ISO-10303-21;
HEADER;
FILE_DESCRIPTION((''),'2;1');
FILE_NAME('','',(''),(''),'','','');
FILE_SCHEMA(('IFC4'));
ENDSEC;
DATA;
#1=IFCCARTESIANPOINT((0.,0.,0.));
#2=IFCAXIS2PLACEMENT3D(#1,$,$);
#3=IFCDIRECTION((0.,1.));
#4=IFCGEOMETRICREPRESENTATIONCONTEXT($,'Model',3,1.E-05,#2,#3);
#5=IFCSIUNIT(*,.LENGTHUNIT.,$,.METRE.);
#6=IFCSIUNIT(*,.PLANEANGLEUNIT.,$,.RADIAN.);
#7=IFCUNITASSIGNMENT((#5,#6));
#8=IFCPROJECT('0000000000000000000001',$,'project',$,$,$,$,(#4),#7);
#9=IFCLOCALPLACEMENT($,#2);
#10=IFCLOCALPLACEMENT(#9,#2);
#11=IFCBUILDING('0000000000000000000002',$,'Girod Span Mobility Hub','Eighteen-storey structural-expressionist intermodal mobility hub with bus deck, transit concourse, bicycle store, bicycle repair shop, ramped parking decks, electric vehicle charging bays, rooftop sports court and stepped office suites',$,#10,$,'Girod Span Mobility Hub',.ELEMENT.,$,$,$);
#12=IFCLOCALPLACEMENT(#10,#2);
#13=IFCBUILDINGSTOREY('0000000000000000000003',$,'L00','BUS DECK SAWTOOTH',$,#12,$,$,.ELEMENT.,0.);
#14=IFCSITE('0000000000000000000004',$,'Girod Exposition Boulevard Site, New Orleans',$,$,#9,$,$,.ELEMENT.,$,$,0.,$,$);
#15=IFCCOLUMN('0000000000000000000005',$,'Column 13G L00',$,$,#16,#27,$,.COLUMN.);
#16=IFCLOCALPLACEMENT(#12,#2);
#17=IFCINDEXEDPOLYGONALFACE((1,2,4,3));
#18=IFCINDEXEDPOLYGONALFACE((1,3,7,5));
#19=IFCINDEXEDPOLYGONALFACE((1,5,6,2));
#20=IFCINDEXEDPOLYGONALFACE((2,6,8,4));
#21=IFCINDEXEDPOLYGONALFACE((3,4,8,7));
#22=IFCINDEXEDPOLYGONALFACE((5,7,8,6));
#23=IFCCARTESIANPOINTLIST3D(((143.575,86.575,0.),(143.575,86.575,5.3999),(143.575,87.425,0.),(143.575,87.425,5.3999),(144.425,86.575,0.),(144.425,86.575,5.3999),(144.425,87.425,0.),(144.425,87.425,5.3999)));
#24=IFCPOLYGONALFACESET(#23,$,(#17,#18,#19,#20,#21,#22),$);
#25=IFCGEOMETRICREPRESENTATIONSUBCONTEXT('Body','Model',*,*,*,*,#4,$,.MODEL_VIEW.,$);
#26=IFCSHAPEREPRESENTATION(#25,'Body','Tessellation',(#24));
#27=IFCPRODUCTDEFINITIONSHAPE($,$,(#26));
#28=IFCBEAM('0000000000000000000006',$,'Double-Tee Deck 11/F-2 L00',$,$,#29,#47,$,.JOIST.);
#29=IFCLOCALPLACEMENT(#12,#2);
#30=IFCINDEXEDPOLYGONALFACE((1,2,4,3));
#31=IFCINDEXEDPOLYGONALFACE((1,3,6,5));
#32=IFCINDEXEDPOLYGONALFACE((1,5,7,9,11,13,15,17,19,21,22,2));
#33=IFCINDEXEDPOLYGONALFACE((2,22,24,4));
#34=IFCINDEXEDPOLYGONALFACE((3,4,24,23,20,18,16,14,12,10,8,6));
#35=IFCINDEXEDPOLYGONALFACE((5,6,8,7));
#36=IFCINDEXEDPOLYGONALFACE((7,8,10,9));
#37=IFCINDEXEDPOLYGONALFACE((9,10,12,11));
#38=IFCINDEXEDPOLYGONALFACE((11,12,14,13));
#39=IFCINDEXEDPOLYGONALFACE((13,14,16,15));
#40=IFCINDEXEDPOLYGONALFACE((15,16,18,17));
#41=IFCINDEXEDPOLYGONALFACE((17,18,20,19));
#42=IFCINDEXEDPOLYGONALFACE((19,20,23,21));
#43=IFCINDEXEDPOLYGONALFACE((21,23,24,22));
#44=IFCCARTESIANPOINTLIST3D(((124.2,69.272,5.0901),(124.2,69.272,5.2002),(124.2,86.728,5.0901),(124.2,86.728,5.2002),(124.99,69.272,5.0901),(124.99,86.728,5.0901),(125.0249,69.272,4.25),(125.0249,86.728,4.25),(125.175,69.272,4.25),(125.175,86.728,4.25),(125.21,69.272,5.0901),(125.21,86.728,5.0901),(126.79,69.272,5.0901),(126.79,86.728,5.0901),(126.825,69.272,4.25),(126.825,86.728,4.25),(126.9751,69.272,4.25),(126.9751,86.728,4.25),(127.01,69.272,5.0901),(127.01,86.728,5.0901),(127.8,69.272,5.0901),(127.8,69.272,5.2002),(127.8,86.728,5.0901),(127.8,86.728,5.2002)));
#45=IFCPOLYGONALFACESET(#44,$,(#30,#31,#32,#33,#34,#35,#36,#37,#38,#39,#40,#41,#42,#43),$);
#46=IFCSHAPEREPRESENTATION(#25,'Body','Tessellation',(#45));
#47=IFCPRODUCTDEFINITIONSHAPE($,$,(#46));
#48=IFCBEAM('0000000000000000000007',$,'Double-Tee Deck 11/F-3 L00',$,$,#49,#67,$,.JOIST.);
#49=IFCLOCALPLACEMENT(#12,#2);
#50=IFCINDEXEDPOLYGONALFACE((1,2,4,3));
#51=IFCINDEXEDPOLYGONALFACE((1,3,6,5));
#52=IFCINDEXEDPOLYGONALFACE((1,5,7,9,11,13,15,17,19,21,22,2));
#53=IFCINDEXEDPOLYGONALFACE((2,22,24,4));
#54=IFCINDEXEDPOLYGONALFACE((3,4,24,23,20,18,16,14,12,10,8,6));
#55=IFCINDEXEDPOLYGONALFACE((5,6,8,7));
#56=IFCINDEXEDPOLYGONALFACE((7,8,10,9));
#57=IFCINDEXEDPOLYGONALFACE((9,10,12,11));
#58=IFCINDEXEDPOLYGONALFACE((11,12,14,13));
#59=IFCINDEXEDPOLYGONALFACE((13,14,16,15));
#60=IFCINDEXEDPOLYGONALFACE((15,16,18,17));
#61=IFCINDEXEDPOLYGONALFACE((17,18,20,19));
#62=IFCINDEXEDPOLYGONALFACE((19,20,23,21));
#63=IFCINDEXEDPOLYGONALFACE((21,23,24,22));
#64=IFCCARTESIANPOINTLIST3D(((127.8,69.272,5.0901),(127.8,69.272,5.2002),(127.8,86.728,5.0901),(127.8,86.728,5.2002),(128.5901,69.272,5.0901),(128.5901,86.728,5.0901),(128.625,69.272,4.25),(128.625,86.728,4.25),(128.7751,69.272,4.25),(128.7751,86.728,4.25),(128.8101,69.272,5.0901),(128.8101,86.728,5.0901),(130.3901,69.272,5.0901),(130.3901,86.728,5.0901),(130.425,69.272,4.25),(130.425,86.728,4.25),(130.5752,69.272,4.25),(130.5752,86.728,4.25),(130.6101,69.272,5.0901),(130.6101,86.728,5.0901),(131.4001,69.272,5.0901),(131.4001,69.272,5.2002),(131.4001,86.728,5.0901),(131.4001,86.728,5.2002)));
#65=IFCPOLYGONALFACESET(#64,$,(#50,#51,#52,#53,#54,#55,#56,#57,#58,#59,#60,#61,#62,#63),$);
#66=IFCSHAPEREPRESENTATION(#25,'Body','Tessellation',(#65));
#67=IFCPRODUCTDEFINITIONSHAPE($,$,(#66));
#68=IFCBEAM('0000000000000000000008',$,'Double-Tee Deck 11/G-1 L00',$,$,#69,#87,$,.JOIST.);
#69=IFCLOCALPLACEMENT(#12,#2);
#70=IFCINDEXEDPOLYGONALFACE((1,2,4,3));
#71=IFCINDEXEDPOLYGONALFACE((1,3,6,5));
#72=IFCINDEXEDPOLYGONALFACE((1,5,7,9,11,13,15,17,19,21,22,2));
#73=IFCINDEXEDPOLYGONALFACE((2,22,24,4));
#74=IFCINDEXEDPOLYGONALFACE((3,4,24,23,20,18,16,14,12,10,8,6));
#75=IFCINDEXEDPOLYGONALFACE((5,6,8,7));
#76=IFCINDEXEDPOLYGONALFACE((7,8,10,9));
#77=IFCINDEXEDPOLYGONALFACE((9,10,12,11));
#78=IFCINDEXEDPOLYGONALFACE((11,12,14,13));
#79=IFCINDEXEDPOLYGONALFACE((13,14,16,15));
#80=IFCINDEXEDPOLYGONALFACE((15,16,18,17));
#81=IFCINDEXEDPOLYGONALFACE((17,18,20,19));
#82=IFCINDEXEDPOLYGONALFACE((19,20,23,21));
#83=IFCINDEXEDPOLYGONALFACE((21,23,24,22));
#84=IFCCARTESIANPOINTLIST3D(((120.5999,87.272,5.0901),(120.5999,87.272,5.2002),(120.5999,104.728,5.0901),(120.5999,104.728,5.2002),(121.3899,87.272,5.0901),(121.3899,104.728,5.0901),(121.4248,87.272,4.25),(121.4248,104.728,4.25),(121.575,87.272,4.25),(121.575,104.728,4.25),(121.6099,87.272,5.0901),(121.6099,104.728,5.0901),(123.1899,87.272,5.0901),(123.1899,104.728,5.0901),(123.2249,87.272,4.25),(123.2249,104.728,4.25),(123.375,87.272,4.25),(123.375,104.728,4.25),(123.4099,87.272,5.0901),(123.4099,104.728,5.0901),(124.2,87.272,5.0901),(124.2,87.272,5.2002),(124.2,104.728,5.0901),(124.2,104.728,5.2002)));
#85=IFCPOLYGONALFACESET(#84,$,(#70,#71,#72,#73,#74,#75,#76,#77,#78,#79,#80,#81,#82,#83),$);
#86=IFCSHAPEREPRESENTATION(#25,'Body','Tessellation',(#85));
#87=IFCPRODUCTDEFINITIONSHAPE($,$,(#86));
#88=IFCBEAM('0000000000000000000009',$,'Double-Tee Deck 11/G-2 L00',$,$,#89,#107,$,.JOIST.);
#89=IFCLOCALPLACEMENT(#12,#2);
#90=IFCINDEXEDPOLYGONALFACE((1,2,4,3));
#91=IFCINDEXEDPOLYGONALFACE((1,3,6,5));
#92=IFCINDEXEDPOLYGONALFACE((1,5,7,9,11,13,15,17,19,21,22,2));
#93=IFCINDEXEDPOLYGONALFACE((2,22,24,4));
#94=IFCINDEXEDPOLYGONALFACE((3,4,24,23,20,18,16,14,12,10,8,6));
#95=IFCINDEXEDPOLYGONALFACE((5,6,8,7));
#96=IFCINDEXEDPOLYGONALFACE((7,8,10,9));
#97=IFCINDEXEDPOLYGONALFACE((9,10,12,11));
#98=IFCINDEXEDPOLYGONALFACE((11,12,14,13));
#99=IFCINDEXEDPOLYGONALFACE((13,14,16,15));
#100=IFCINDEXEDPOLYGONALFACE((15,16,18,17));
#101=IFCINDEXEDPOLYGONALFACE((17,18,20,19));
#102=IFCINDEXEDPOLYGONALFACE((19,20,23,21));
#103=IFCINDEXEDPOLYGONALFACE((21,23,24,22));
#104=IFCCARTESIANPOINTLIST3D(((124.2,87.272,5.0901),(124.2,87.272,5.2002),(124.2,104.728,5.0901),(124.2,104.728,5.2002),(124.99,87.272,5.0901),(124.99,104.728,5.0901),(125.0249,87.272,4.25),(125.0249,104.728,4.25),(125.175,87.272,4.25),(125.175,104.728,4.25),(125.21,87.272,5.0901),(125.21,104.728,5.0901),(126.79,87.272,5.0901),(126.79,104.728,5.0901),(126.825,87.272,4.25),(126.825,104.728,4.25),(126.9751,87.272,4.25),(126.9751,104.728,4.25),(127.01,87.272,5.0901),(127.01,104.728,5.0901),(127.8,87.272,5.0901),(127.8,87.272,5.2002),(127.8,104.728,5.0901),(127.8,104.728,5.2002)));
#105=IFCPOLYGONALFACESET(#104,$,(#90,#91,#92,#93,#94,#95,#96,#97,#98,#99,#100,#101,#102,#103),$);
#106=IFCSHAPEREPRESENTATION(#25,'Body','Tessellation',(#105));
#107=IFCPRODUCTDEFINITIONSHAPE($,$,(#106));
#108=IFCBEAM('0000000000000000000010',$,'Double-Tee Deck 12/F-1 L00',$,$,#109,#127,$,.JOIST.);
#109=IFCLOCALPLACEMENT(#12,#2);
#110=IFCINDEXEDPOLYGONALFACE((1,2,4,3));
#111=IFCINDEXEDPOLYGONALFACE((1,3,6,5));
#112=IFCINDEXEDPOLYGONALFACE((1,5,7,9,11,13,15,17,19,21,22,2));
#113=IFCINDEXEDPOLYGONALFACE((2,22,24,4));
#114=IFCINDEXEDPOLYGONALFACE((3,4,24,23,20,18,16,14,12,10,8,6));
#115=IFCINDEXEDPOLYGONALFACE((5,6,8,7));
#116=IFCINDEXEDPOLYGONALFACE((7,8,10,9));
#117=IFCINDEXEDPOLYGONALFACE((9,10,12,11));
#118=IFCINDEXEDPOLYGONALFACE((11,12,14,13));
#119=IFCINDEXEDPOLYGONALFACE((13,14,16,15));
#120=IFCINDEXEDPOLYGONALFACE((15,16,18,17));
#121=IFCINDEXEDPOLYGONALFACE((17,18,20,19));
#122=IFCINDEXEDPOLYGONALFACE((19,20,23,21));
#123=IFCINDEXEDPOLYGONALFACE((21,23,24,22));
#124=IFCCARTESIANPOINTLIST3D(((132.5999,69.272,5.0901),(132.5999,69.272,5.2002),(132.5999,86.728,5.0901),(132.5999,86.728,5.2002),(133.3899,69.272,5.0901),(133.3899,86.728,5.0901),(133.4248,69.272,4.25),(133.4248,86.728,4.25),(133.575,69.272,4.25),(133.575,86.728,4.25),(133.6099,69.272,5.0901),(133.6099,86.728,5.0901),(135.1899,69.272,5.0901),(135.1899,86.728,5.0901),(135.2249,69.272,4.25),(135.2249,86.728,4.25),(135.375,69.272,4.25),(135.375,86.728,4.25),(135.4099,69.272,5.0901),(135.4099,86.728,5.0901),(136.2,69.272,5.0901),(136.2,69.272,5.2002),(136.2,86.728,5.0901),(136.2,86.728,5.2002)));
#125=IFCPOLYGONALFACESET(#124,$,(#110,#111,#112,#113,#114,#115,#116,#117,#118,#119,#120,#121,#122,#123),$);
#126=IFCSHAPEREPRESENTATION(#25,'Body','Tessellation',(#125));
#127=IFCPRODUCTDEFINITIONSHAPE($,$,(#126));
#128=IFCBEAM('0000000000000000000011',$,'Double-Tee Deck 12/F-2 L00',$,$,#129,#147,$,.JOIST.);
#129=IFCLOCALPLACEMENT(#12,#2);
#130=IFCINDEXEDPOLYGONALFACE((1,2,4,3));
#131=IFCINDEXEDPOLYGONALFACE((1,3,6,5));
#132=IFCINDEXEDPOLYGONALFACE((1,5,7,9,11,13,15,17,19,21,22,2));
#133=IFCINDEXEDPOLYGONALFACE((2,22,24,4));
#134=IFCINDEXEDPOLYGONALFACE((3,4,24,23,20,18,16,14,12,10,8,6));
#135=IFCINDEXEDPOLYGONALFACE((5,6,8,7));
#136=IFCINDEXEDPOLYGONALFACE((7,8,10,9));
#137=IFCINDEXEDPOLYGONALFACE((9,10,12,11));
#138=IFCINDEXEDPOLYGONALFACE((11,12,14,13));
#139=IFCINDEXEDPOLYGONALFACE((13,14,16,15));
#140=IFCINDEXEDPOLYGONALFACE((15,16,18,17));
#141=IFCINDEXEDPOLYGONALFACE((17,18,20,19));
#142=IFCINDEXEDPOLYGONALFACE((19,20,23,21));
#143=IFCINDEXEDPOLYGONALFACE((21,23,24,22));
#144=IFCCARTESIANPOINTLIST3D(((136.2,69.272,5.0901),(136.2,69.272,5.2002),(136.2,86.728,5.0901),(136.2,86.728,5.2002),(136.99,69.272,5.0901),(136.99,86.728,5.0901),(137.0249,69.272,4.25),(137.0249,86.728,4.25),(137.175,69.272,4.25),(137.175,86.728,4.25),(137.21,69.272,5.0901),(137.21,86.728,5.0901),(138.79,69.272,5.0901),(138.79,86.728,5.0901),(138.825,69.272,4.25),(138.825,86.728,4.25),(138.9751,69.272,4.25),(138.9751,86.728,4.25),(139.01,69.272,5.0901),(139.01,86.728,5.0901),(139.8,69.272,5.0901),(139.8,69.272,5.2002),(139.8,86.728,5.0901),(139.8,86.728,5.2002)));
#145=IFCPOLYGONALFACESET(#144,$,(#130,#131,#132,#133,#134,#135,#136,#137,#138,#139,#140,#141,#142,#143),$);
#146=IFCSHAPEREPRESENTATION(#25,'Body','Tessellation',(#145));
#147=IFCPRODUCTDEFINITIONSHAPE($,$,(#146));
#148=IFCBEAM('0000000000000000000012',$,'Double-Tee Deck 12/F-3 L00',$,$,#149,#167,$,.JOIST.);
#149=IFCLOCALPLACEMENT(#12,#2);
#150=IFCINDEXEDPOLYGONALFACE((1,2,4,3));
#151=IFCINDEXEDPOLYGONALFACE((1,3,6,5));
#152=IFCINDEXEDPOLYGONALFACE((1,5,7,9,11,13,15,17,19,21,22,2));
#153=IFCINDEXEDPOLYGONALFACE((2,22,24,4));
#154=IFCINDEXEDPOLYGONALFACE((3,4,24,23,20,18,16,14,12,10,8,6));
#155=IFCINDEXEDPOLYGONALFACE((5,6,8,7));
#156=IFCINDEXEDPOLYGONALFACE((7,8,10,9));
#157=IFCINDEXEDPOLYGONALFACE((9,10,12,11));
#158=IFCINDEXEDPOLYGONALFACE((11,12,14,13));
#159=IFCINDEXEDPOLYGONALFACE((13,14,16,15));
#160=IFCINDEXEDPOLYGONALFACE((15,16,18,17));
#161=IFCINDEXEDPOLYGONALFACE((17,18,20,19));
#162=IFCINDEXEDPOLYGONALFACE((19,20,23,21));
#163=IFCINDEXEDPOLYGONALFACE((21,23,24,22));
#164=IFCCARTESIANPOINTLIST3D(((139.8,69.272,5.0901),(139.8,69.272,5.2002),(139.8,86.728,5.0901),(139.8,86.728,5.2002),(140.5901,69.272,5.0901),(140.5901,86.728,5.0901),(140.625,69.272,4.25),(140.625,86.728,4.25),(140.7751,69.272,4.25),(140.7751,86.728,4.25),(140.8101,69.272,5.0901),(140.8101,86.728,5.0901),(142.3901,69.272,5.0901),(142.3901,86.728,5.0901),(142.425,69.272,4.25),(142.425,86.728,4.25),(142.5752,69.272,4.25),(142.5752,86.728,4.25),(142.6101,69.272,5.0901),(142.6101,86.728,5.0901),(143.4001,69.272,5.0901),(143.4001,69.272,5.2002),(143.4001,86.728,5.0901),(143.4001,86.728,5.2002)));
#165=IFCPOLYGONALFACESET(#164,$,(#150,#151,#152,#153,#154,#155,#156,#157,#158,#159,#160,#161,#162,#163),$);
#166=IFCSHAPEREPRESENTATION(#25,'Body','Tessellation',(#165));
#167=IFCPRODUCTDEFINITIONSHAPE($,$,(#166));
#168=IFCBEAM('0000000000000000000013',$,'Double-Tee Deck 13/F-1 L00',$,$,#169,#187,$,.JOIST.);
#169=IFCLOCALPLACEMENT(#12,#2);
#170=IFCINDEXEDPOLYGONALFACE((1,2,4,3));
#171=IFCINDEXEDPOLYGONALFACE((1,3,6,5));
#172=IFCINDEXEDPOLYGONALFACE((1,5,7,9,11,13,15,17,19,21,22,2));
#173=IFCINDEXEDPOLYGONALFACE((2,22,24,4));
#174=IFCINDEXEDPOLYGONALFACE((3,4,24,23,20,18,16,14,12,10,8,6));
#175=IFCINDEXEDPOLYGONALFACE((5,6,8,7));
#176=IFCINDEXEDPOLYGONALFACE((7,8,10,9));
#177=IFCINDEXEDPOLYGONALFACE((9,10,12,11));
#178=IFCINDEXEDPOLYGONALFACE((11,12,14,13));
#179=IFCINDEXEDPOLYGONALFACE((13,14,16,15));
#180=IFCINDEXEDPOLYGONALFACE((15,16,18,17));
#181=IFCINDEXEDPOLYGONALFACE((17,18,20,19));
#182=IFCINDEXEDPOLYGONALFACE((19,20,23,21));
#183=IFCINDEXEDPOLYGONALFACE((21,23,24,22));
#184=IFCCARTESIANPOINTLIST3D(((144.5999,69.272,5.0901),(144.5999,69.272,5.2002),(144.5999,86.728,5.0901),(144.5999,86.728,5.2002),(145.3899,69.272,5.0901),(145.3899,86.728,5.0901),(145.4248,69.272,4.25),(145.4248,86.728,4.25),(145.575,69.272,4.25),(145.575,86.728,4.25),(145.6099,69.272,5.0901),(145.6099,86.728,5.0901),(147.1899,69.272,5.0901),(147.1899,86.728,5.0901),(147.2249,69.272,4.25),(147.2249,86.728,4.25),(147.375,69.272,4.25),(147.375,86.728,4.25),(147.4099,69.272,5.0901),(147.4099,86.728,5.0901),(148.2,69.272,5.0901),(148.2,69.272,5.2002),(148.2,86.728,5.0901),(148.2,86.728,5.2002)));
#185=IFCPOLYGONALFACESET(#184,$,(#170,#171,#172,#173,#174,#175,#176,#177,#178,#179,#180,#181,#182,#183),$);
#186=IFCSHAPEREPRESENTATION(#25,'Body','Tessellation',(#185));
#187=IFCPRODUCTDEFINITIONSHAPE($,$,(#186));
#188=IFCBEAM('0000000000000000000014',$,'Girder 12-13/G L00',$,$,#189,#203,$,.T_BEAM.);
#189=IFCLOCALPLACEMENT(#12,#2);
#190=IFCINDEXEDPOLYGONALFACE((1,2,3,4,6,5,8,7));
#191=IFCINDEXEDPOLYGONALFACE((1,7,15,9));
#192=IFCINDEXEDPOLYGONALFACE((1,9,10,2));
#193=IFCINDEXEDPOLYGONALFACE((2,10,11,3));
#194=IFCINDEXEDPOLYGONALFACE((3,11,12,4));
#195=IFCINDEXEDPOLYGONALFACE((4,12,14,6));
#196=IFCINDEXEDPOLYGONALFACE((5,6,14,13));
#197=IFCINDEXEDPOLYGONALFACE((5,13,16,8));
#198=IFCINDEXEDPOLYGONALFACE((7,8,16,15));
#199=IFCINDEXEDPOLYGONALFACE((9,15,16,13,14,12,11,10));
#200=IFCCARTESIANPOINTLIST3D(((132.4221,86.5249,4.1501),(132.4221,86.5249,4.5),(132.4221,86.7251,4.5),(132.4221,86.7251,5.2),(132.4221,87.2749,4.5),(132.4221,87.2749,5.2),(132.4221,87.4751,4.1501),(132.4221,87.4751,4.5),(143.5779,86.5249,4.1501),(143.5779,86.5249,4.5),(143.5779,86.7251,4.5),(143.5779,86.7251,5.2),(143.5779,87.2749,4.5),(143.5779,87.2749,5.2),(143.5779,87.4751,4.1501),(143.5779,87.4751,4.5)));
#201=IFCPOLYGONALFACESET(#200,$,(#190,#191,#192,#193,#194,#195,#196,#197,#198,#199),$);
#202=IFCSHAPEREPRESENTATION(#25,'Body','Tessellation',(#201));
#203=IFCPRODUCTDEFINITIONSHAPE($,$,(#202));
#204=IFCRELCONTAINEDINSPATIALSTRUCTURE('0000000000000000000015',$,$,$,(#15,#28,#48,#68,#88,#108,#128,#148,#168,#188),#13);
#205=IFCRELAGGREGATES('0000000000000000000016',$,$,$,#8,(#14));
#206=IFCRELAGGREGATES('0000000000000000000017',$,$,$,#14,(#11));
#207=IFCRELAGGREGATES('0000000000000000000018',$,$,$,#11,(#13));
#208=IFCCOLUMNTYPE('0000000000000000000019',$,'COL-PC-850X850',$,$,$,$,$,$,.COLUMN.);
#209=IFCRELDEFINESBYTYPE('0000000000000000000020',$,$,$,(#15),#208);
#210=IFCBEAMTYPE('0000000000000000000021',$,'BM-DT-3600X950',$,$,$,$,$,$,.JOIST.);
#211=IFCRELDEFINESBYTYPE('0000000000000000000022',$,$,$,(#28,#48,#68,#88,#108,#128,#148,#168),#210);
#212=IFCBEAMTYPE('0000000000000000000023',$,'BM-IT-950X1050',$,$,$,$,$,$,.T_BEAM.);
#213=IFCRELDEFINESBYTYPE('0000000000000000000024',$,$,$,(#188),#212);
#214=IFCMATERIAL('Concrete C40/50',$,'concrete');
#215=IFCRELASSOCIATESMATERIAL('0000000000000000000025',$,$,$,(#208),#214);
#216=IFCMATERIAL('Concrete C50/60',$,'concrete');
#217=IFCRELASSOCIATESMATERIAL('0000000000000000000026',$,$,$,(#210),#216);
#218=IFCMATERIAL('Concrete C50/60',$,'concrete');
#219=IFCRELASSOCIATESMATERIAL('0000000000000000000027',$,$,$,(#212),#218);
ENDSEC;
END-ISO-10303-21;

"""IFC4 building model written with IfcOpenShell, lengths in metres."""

from ifc_helpers import new_model, si_unit, direction, frame, origin, origin_2d, place, context, subcontext, project, spatial, polyline, rectangle, outline, extrude, material, material_profile, profile_set, type_object, element, save


model = new_model("IFC4")

# Units and contexts
model_context = context("Model", 3, precision=1e-05, world=origin(), true_north=direction((0.0, 1.0)))
body_context = subcontext(model_context, "Body", "Model", "MODEL_VIEW")
ifc_project = project(units=[si_unit("LENGTHUNIT", "METRE"), si_unit("PLANEANGLEUNIT", "RADIAN")], contexts=[model_context])

# Site, building, storey
site_placement = place(None, origin())
site = spatial("IfcSite", under=ifc_project, at=site_placement, Name="Girod Exposition Boulevard Site, New Orleans", CompositionType="ELEMENT", RefElevation=0.0)
building_placement = place(site_placement, origin())
building = spatial("IfcBuilding", under=site, at=building_placement, Name="Girod Span Mobility Hub", Description="Eighteen-storey structural-expressionist intermodal mobility hub with bus deck, transit concourse, bicycle store, bicycle repair shop, ramped parking decks, electric vehicle charging bays, rooftop sports court and stepped office suites", LongName="Girod Span Mobility Hub", CompositionType="ELEMENT")
storey_placement = place(building_placement, origin())
storey = spatial("IfcBuildingStorey", under=building, at=storey_placement, Name="L00", Description="BUS DECK SAWTOOTH", CompositionType="ELEMENT", Elevation=0.0)

# Column
ifc_material_1 = material(Name="Concrete C40/50", Category="concrete")
ifc_material_profile_1 = material_profile(ifc_material_1, rectangle(XDim=0.8501, YDim=0.8501, at=origin_2d()), Name="PC-COL-850X850")
ifc_profile_set_1 = profile_set([ifc_material_profile_1], Name="Concrete C40/50")
column_type = type_object("IfcColumnType", Name="COL-PC-850X850", PredefinedType="COLUMN", material=ifc_profile_set_1)
for number, where, z_axis, x_axis, name in (
    (1, (144.0, 87.0, 0.0), (0.0, 0.0, 1.0), (1.0, 0.0, 0.0), "Column 13G L00"),
):
    element("IfcColumn", number, at=place(storey_placement, frame(where, z_axis=z_axis, x_axis=x_axis)), inside=storey, type_object=column_type, Name=name, PredefinedType="COLUMN", context=body_context, shape_type="SweptSolid", body=[
        extrude(rectangle(XDim=0.8501, YDim=0.8501, at=origin_2d()), origin(), (0.0, 0.0, 1.0), 5.3999),
    ])

# Beams
ifc_material_2 = material(Name="Concrete C50/60", Category="concrete")
ifc_material_profile_2 = material_profile(ifc_material_2, outline(polyline([(-1.8, 0.4751), (-1.8, 0.365), (-1.01, 0.365), (-0.9751, -0.4751), (-0.825, -0.4751), (-0.79, 0.365), (0.79, 0.365), (0.825, -0.4751), (0.9751, -0.4751), (1.01, 0.365), (1.8, 0.365), (1.8, 0.4751), (-1.8, 0.4751)])), Name="DT-3600X950")
ifc_profile_set_2 = profile_set([ifc_material_profile_2], Name="Concrete C50/60")
beam_type_1 = type_object("IfcBeamType", Name="BM-DT-3600X950", PredefinedType="JOIST", material=ifc_profile_set_2)
for number, where, z_axis, x_axis, name in (
    (2, (126.0, 69.272, 4.7251), (0.0, 1.0, 0.0), (-1.0, 0.0, 0.0), "Double-Tee Deck 11/F-2 L00"),
    (3, (129.6001, 69.272, 4.7251), (0.0, 1.0, 0.0), (-1.0, 0.0, 0.0), "Double-Tee Deck 11/F-3 L00"),
    (4, (122.3999, 87.272, 4.7251), (0.0, 1.0, 0.0), (-1.0, 0.0, 0.0), "Double-Tee Deck 11/G-1 L00"),
    (5, (126.0, 87.272, 4.7251), (0.0, 1.0, 0.0), (-1.0, 0.0, 0.0), "Double-Tee Deck 11/G-2 L00"),
    (6, (134.3999, 69.272, 4.7251), (0.0, 1.0, 0.0), (-1.0, 0.0, 0.0), "Double-Tee Deck 12/F-1 L00"),
    (7, (138.0, 69.272, 4.7251), (0.0, 1.0, 0.0), (-1.0, 0.0, 0.0), "Double-Tee Deck 12/F-2 L00"),
    (8, (141.6001, 69.272, 4.7251), (0.0, 1.0, 0.0), (-1.0, 0.0, 0.0), "Double-Tee Deck 12/F-3 L00"),
    (9, (146.3999, 69.272, 4.7251), (0.0, 1.0, 0.0), (-1.0, 0.0, 0.0), "Double-Tee Deck 13/F-1 L00"),
):
    element("IfcBeam", number, at=place(storey_placement, frame(where, z_axis=z_axis, x_axis=x_axis)), inside=storey, type_object=beam_type_1, Name=name, PredefinedType="JOIST", context=body_context, shape_type="SweptSolid", body=[
        extrude(outline(polyline([(-1.8, 0.4751), (-1.8, 0.365), (-1.01, 0.365), (-0.9751, -0.4751), (-0.825, -0.4751), (-0.79, 0.365), (0.79, 0.365), (0.825, -0.4751), (0.9751, -0.4751), (1.01, 0.365), (1.8, 0.365), (1.8, 0.4751), (-1.8, 0.4751)])), origin(), (0.0, 0.0, 1.0), 17.4561),
    ])
ifc_material_3 = material(Name="Concrete C50/60", Category="concrete")
ifc_material_profile_3 = material_profile(ifc_material_3, outline(polyline([(-0.4751, -0.5249), (0.4751, -0.5249), (0.4751, -0.175), (0.2749, -0.175), (0.2749, 0.5249), (-0.2749, 0.5249), (-0.2749, -0.175), (-0.4751, -0.175), (-0.4751, -0.5249)])), Name="IT-950X1050")
ifc_profile_set_3 = profile_set([ifc_material_profile_3], Name="Concrete C50/60")
beam_type_2 = type_object("IfcBeamType", Name="BM-IT-950X1050", PredefinedType="T_BEAM", material=ifc_profile_set_3)
for number, where, z_axis, x_axis, name in (
    (10, (132.4221, 87.0, 4.675), (1.0, 0.0, 0.0), (0.0, 1.0, 0.0), "Girder 12-13/G L00"),
):
    element("IfcBeam", number, at=place(storey_placement, frame(where, z_axis=z_axis, x_axis=x_axis)), inside=storey, type_object=beam_type_2, Name=name, PredefinedType="T_BEAM", context=body_context, shape_type="SweptSolid", body=[
        extrude(outline(polyline([(-0.4751, -0.5249), (0.4751, -0.5249), (0.4751, -0.175), (0.2749, -0.175), (0.2749, 0.5249), (-0.2749, 0.5249), (-0.2749, -0.175), (-0.4751, -0.175), (-0.4751, -0.5249)])), origin(), (0.0, 0.0, 1.0), 11.1558),
    ])

save(model, "model.ifc")
